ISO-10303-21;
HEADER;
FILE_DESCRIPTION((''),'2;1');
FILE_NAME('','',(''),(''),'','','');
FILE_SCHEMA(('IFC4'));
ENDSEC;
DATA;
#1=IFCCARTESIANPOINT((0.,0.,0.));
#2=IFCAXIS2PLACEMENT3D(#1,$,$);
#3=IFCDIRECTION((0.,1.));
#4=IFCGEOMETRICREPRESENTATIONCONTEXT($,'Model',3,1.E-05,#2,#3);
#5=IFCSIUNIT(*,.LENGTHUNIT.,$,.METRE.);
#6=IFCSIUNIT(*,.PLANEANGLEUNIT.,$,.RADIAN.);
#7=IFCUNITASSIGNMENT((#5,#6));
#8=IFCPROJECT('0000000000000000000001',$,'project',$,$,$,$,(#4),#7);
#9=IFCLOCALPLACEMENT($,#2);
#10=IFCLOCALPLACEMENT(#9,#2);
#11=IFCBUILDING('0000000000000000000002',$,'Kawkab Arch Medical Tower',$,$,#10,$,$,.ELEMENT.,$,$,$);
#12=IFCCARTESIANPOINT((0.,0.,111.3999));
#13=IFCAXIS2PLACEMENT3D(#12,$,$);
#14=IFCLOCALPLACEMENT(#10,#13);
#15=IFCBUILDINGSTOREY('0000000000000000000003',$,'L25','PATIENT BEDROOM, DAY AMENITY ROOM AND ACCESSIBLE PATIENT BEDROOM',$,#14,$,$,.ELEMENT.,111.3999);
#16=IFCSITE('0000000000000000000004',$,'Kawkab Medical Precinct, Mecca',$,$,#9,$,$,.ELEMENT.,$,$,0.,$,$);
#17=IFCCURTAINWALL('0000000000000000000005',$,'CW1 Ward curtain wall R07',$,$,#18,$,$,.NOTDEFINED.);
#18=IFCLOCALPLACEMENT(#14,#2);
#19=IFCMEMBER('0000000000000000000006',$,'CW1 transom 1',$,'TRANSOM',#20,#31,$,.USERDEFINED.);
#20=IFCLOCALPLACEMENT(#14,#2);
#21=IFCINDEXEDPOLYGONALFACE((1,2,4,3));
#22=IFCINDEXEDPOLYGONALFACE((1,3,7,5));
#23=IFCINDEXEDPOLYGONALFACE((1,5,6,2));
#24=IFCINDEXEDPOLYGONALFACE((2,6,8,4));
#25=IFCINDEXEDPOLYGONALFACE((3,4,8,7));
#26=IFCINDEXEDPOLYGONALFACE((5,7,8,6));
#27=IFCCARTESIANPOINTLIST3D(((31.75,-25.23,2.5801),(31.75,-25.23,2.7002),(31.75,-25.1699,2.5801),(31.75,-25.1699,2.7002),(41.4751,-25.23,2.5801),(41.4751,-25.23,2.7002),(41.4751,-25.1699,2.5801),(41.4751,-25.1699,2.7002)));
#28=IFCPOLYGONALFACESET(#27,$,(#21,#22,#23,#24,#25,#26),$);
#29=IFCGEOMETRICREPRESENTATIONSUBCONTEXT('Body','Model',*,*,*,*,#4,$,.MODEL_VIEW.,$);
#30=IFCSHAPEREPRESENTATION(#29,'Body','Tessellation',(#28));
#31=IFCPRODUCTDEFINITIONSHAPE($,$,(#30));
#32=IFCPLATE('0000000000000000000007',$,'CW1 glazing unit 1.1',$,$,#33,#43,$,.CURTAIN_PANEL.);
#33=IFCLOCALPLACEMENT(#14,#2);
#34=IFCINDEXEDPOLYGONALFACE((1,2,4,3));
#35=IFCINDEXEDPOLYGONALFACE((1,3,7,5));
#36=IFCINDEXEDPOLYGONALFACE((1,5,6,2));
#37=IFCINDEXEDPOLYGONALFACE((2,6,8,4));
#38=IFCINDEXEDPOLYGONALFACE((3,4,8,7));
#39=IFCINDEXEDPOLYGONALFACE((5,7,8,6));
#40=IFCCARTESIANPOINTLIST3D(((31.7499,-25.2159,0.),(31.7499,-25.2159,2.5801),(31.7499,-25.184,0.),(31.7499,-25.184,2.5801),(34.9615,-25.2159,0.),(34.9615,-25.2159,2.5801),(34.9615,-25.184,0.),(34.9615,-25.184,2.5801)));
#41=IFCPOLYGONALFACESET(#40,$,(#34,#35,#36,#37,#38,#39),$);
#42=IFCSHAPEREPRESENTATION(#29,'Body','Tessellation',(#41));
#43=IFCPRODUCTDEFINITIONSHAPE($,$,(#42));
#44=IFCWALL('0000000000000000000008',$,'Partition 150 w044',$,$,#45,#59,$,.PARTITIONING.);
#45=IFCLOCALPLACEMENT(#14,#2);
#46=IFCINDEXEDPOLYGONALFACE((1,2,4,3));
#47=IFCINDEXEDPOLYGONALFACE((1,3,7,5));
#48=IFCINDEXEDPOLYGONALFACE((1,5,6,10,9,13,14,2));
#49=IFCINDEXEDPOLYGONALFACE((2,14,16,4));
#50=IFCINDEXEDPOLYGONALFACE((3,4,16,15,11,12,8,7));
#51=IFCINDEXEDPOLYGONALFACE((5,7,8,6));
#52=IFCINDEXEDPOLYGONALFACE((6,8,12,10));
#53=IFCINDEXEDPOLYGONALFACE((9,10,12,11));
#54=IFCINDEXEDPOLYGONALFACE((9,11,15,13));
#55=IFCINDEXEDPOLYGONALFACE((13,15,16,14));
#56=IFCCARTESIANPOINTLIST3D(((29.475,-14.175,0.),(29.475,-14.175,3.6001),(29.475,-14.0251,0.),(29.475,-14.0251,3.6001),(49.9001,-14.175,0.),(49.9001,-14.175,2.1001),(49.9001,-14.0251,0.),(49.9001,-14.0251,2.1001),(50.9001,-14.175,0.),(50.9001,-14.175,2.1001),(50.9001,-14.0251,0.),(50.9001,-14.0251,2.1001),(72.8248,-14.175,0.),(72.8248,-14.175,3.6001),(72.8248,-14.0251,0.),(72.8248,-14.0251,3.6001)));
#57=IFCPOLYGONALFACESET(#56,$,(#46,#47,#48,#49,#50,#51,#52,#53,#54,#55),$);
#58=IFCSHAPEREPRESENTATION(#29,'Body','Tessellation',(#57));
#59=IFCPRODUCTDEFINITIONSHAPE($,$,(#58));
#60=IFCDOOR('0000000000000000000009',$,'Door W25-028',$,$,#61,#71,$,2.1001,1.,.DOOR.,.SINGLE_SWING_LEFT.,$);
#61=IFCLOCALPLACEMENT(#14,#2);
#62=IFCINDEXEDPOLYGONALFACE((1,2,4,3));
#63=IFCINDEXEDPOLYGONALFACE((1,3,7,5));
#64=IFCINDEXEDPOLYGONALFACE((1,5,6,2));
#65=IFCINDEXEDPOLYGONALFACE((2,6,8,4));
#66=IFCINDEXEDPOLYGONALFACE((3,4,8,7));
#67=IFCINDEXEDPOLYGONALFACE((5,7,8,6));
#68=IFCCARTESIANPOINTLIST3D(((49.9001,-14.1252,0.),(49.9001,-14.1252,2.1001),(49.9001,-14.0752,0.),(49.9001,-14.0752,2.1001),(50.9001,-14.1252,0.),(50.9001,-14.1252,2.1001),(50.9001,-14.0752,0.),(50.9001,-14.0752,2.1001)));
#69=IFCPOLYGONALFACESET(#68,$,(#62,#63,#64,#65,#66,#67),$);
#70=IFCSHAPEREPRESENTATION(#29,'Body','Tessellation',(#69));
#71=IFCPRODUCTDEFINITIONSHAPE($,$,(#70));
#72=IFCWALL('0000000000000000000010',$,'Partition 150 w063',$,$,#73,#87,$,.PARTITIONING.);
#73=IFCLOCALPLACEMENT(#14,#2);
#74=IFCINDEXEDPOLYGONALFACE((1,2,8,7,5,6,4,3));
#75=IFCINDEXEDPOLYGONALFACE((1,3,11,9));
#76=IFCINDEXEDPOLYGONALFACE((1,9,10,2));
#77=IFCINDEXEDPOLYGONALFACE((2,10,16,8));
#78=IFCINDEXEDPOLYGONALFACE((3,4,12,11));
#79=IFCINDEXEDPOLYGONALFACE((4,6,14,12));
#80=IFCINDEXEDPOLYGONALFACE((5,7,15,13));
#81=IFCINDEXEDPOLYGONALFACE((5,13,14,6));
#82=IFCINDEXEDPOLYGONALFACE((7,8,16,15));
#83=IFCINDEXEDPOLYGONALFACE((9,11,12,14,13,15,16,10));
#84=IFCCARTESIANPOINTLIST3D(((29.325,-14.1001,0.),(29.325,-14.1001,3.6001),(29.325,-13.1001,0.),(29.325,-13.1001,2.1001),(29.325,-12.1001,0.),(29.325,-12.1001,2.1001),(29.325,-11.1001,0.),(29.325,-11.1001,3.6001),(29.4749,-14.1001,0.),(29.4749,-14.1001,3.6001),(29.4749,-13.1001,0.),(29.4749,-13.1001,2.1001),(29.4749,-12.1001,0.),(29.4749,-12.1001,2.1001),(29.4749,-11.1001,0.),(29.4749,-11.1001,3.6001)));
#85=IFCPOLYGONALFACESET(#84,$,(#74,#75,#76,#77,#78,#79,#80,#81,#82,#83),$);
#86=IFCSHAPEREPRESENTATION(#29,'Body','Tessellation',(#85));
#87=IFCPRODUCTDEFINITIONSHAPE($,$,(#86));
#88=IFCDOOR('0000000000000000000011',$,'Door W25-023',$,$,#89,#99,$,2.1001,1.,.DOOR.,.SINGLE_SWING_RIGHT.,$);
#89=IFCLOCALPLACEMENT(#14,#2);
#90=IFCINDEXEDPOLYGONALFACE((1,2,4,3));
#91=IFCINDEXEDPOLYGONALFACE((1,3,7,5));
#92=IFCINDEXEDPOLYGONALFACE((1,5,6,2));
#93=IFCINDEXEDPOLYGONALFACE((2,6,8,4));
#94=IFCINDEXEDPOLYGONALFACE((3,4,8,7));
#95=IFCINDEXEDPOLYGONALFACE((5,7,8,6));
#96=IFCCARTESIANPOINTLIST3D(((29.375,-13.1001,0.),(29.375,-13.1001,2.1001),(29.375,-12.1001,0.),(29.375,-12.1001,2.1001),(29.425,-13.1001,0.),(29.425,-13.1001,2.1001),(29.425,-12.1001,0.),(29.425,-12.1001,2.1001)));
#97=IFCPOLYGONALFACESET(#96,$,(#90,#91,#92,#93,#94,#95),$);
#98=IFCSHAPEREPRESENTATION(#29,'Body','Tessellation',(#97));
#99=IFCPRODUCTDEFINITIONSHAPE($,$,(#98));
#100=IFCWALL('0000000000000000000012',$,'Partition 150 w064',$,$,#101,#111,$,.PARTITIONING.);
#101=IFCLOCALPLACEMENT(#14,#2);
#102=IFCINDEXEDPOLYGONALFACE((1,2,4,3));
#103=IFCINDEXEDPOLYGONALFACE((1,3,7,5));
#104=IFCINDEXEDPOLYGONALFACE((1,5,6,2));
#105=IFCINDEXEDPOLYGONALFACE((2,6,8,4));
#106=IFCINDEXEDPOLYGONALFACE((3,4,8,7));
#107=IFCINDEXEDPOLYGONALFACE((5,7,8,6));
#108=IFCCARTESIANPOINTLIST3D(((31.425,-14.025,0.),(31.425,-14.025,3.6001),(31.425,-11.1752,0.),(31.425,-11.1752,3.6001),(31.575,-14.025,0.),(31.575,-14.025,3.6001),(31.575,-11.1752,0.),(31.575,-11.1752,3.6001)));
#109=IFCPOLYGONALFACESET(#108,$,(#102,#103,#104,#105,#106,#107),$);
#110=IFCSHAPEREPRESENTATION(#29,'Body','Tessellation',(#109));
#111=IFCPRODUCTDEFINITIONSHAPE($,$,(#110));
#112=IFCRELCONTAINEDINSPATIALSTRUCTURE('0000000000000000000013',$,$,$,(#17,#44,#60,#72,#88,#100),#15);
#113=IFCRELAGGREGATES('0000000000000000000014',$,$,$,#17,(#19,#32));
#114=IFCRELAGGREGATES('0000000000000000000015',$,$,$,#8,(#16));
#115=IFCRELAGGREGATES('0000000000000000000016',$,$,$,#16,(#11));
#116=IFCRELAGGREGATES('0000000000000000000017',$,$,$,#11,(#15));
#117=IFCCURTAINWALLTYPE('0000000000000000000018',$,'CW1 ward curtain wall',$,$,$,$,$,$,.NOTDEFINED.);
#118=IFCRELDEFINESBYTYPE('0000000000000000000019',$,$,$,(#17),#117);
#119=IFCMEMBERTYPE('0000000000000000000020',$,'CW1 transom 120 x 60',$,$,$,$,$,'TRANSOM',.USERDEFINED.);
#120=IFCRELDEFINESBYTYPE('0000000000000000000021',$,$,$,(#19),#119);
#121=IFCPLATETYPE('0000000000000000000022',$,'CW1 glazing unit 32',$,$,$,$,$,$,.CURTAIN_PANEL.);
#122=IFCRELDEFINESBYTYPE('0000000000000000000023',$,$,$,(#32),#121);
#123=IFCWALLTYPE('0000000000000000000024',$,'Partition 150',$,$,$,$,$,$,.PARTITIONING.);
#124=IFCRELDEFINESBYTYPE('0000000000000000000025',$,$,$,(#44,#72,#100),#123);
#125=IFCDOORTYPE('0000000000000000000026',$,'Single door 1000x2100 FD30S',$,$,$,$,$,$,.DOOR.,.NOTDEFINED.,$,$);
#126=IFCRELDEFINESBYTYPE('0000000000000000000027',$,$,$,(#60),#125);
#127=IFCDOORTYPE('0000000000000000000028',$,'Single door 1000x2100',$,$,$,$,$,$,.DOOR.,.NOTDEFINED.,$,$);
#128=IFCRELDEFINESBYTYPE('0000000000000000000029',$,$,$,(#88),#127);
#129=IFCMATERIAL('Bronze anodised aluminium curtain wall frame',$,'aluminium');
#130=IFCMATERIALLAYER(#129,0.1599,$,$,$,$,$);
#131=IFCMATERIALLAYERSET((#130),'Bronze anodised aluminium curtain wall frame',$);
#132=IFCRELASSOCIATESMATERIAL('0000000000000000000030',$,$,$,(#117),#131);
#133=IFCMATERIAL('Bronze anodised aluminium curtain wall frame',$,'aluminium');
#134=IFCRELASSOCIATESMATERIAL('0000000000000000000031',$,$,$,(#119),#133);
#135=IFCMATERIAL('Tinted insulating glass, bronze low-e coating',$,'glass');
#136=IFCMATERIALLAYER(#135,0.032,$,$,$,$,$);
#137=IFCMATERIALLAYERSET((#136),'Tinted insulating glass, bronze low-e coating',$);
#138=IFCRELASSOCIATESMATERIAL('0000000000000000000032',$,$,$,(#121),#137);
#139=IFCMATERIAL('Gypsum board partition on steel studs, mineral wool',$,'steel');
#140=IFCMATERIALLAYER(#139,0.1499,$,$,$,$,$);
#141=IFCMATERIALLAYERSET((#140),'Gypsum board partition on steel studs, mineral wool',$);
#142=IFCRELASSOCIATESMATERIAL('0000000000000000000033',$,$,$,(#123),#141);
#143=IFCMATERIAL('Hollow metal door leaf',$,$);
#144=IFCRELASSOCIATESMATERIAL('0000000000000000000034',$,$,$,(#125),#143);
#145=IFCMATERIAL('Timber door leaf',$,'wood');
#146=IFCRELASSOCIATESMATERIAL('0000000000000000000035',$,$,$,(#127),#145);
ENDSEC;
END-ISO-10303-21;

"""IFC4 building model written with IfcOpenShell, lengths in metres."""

from ifc_helpers import new_model, si_unit, direction, frame, frame_2d, origin, origin_2d, place, context, subcontext, project, spatial, rectangle, extrude, material, layer, layer_set, material_profile, profile_set, type_object, element, fill, aggregate, save


model = new_model("IFC4")

# Units and contexts
model_context = context("Model", 3, precision=1e-05, world=origin(), true_north=direction((0.0, 1.0)))
body_context = subcontext(model_context, "Body", "Model", "MODEL_VIEW")
ifc_project = project(units=[si_unit("LENGTHUNIT", "METRE"), si_unit("PLANEANGLEUNIT", "RADIAN")], contexts=[model_context])

# Site, building, storey
site_placement = place(None, origin())
site = spatial("IfcSite", under=ifc_project, at=site_placement, Name="Kawkab Medical Precinct, Mecca", CompositionType="ELEMENT", RefElevation=0.0)
building_placement = place(site_placement, origin())
building = spatial("IfcBuilding", under=site, at=building_placement, Name="Kawkab Arch Medical Tower", CompositionType="ELEMENT")
storey_placement = place(building_placement, frame((0.0, 0.0, 111.3999)))
storey = spatial("IfcBuildingStorey", under=building, at=storey_placement, Name="L25", Description="PATIENT BEDROOM, DAY AMENITY ROOM AND ACCESSIBLE PATIENT BEDROOM", CompositionType="ELEMENT", Elevation=111.3999)

# Curtain wall, member, plate
ifc_material_1 = material(Name="Bronze anodised aluminium curtain wall frame", Category="aluminium")
ifc_layer_1 = layer(ifc_material_1, 0.1599)
ifc_layer_set_1 = layer_set([ifc_layer_1], Name="Bronze anodised aluminium curtain wall frame")
curtain_wall_type = type_object("IfcCurtainWallType", Name="CW1 ward curtain wall", PredefinedType="NOTDEFINED", material=ifc_layer_set_1)
curtain_wall_placement = place(storey_placement, origin())
curtain_wall = element("IfcCurtainWall", 1, at=curtain_wall_placement, inside=storey, type_object=curtain_wall_type, Name="CW1 Ward curtain wall R07", PredefinedType="NOTDEFINED")
ifc_material_2 = material(Name="Bronze anodised aluminium curtain wall frame", Category="aluminium")
ifc_material_profile = material_profile(ifc_material_2, rectangle(XDim=0.0601, YDim=0.1201, at=origin_2d()), Name="AL 60x120")
ifc_profile_set = profile_set([ifc_material_profile], Name="Bronze anodised aluminium curtain wall frame")
member_type = type_object("IfcMemberType", Name="CW1 transom 120 x 60", ElementType="TRANSOM", PredefinedType="USERDEFINED", material=ifc_profile_set)
member_placement = place(storey_placement, frame((31.75, -25.2, 2.6401), z_axis=(1.0, 0.0, 0.0), x_axis=(0.0, 1.0, 0.0)))
member = element("IfcMember", 2, at=member_placement, type_object=member_type, Name="CW1 transom 1", ObjectType="TRANSOM", PredefinedType="USERDEFINED", context=body_context, shape_type="SweptSolid", body=[
    extrude(rectangle(XDim=0.0601, YDim=0.1201, at=origin_2d()), origin(), (0.0, 0.0, 1.0), 9.7251),
])
ifc_material_3 = material(Name="Tinted insulating glass, bronze low-e coating", Category="glass")
ifc_layer_2 = layer(ifc_material_3, 0.032)
ifc_layer_set_2 = layer_set([ifc_layer_2], Name="Tinted insulating glass, bronze low-e coating")
plate_type = type_object("IfcPlateType", Name="CW1 glazing unit 32", PredefinedType="CURTAIN_PANEL", material=ifc_layer_set_2)
plate_placement = place(storey_placement, frame((33.3557, -25.2, 0.0), z_axis=(0.0, 0.0, 1.0), x_axis=(1.0, 0.0, 0.0)))
plate = element("IfcPlate", 3, at=plate_placement, type_object=plate_type, Name="CW1 glazing unit 1.1", PredefinedType="CURTAIN_PANEL", context=body_context, shape_type="SweptSolid", body=[
    extrude(rectangle(XDim=3.2117, YDim=0.032, at=origin_2d()), origin(), (0.0, 0.0, 1.0), 2.5801),
])
aggregate(curtain_wall, [member, plate])

# Shared definitions
ifc_material_4 = material(Name="Gypsum board partition on steel studs, mineral wool", Category="steel")
ifc_layer_3 = layer(ifc_material_4, 0.1499)
ifc_layer_set_3 = layer_set([ifc_layer_3], Name="Gypsum board partition on steel studs, mineral wool")
wall_type = type_object("IfcWallType", Name="Partition 150", PredefinedType="PARTITIONING", material=ifc_layer_set_3)
ifc_material_5 = material(Name="Hollow metal door leaf")
door_type_1 = type_object("IfcDoorType", Name="Single door 1000x2100 FD30S", OperationType="NOTDEFINED", PredefinedType="DOOR", material=ifc_material_5)

# Walls, openings, doors
wall_1_placement = place(storey_placement, frame((29.4751, -14.1001, 0.0), z_axis=(0.0, 0.0, 1.0), x_axis=(1.0, 0.0, 0.0)))
wall_1 = element("IfcWall", 4, at=wall_1_placement, inside=storey, type_object=wall_type, Name="Partition 150 w044", PredefinedType="PARTITIONING", context=body_context, shape_type="SweptSolid", body=[
    extrude(rectangle(XDim=43.3499, YDim=0.1499, at=frame_2d((21.6748, 0.0))), origin(), (0.0, 0.0, 1.0), 3.6001),
])
opening_1_placement = place(wall_1_placement, frame((20.425, 0.0, 0.0)))
opening_1 = element("IfcOpeningElement", 5, at=opening_1_placement, cuts=wall_1, PredefinedType="OPENING", context=body_context, shape_type="SweptSolid", body=[
    extrude(rectangle(XDim=1.0, YDim=2.1001, at=frame_2d((0.5, 1.05))), frame((0.0, 0.085, 0.0), z_axis=(0.0, -1.0, 0.0), x_axis=(1.0, 0.0, 0.0)), (0.0, 0.0, 1.0), 0.1699),
])
door_1_placement = place(opening_1_placement, origin())
door_1 = element("IfcDoor", 6, at=door_1_placement, inside=storey, type_object=door_type_1, Name="Door W25-028", OperationType="SINGLE_SWING_LEFT", OverallHeight=2.1001, OverallWidth=1.0, PredefinedType="DOOR", context=body_context, shape_type="SweptSolid", body=[
    extrude(rectangle(XDim=1.0, YDim=2.1001, at=frame_2d((0.5, 1.05))), frame((0.0, 0.0249, 0.0), z_axis=(0.0, -1.0, 0.0), x_axis=(1.0, 0.0, 0.0)), (0.0, 0.0, 1.0), 0.05),
])
fill(opening_1, door_1)
wall_2_placement = place(storey_placement, frame((29.3999, -14.1001, 0.0), z_axis=(0.0, 0.0, 1.0), x_axis=(0.0, 1.0, 0.0)))
wall_2 = element("IfcWall", 7, at=wall_2_placement, inside=storey, type_object=wall_type, Name="Partition 150 w063", PredefinedType="PARTITIONING", context=body_context, shape_type="SweptSolid", body=[
    extrude(rectangle(XDim=3.0, YDim=0.1499, at=frame_2d((1.5, 0.0))), origin(), (0.0, 0.0, 1.0), 3.6001),
])
opening_2_placement = place(wall_2_placement, frame((1.0, 0.0, 0.0)))
opening_2 = element("IfcOpeningElement", 8, at=opening_2_placement, cuts=wall_2, PredefinedType="OPENING", context=body_context, shape_type="SweptSolid", body=[
    extrude(rectangle(XDim=1.0, YDim=2.1001, at=frame_2d((0.5, 1.05))), frame((0.0, 0.085, 0.0), z_axis=(0.0, -1.0, 0.0), x_axis=(1.0, 0.0, 0.0)), (0.0, 0.0, 1.0), 0.1699),
])
ifc_material_6 = material(Name="Timber door leaf", Category="wood")
door_type_2 = type_object("IfcDoorType", Name="Single door 1000x2100", OperationType="NOTDEFINED", PredefinedType="DOOR", material=ifc_material_6)
door_2_placement = place(opening_2_placement, origin())
door_2 = element("IfcDoor", 9, at=door_2_placement, inside=storey, type_object=door_type_2, Name="Door W25-023", OperationType="SINGLE_SWING_RIGHT", OverallHeight=2.1001, OverallWidth=1.0, PredefinedType="DOOR", context=body_context, shape_type="SweptSolid", body=[
    extrude(rectangle(XDim=1.0, YDim=2.1001, at=frame_2d((0.5, 1.05))), frame((0.0, 0.0249, 0.0), z_axis=(0.0, -1.0, 0.0), x_axis=(1.0, 0.0, 0.0)), (0.0, 0.0, 1.0), 0.05),
])
fill(opening_2, door_2)

# Wall
wall_3_placement = place(storey_placement, frame((31.5, -14.0249, 0.0), z_axis=(0.0, 0.0, 1.0), x_axis=(0.0, 1.0, 0.0)))
element("IfcWall", 10, at=wall_3_placement, inside=storey, type_object=wall_type, Name="Partition 150 w064", PredefinedType="PARTITIONING", context=body_context, shape_type="SweptSolid", body=[
    extrude(rectangle(XDim=2.8499, YDim=0.1499, at=frame_2d((1.4248, 0.0))), origin(), (0.0, 0.0, 1.0), 3.6001),
])

save(model, "model.ifc")
